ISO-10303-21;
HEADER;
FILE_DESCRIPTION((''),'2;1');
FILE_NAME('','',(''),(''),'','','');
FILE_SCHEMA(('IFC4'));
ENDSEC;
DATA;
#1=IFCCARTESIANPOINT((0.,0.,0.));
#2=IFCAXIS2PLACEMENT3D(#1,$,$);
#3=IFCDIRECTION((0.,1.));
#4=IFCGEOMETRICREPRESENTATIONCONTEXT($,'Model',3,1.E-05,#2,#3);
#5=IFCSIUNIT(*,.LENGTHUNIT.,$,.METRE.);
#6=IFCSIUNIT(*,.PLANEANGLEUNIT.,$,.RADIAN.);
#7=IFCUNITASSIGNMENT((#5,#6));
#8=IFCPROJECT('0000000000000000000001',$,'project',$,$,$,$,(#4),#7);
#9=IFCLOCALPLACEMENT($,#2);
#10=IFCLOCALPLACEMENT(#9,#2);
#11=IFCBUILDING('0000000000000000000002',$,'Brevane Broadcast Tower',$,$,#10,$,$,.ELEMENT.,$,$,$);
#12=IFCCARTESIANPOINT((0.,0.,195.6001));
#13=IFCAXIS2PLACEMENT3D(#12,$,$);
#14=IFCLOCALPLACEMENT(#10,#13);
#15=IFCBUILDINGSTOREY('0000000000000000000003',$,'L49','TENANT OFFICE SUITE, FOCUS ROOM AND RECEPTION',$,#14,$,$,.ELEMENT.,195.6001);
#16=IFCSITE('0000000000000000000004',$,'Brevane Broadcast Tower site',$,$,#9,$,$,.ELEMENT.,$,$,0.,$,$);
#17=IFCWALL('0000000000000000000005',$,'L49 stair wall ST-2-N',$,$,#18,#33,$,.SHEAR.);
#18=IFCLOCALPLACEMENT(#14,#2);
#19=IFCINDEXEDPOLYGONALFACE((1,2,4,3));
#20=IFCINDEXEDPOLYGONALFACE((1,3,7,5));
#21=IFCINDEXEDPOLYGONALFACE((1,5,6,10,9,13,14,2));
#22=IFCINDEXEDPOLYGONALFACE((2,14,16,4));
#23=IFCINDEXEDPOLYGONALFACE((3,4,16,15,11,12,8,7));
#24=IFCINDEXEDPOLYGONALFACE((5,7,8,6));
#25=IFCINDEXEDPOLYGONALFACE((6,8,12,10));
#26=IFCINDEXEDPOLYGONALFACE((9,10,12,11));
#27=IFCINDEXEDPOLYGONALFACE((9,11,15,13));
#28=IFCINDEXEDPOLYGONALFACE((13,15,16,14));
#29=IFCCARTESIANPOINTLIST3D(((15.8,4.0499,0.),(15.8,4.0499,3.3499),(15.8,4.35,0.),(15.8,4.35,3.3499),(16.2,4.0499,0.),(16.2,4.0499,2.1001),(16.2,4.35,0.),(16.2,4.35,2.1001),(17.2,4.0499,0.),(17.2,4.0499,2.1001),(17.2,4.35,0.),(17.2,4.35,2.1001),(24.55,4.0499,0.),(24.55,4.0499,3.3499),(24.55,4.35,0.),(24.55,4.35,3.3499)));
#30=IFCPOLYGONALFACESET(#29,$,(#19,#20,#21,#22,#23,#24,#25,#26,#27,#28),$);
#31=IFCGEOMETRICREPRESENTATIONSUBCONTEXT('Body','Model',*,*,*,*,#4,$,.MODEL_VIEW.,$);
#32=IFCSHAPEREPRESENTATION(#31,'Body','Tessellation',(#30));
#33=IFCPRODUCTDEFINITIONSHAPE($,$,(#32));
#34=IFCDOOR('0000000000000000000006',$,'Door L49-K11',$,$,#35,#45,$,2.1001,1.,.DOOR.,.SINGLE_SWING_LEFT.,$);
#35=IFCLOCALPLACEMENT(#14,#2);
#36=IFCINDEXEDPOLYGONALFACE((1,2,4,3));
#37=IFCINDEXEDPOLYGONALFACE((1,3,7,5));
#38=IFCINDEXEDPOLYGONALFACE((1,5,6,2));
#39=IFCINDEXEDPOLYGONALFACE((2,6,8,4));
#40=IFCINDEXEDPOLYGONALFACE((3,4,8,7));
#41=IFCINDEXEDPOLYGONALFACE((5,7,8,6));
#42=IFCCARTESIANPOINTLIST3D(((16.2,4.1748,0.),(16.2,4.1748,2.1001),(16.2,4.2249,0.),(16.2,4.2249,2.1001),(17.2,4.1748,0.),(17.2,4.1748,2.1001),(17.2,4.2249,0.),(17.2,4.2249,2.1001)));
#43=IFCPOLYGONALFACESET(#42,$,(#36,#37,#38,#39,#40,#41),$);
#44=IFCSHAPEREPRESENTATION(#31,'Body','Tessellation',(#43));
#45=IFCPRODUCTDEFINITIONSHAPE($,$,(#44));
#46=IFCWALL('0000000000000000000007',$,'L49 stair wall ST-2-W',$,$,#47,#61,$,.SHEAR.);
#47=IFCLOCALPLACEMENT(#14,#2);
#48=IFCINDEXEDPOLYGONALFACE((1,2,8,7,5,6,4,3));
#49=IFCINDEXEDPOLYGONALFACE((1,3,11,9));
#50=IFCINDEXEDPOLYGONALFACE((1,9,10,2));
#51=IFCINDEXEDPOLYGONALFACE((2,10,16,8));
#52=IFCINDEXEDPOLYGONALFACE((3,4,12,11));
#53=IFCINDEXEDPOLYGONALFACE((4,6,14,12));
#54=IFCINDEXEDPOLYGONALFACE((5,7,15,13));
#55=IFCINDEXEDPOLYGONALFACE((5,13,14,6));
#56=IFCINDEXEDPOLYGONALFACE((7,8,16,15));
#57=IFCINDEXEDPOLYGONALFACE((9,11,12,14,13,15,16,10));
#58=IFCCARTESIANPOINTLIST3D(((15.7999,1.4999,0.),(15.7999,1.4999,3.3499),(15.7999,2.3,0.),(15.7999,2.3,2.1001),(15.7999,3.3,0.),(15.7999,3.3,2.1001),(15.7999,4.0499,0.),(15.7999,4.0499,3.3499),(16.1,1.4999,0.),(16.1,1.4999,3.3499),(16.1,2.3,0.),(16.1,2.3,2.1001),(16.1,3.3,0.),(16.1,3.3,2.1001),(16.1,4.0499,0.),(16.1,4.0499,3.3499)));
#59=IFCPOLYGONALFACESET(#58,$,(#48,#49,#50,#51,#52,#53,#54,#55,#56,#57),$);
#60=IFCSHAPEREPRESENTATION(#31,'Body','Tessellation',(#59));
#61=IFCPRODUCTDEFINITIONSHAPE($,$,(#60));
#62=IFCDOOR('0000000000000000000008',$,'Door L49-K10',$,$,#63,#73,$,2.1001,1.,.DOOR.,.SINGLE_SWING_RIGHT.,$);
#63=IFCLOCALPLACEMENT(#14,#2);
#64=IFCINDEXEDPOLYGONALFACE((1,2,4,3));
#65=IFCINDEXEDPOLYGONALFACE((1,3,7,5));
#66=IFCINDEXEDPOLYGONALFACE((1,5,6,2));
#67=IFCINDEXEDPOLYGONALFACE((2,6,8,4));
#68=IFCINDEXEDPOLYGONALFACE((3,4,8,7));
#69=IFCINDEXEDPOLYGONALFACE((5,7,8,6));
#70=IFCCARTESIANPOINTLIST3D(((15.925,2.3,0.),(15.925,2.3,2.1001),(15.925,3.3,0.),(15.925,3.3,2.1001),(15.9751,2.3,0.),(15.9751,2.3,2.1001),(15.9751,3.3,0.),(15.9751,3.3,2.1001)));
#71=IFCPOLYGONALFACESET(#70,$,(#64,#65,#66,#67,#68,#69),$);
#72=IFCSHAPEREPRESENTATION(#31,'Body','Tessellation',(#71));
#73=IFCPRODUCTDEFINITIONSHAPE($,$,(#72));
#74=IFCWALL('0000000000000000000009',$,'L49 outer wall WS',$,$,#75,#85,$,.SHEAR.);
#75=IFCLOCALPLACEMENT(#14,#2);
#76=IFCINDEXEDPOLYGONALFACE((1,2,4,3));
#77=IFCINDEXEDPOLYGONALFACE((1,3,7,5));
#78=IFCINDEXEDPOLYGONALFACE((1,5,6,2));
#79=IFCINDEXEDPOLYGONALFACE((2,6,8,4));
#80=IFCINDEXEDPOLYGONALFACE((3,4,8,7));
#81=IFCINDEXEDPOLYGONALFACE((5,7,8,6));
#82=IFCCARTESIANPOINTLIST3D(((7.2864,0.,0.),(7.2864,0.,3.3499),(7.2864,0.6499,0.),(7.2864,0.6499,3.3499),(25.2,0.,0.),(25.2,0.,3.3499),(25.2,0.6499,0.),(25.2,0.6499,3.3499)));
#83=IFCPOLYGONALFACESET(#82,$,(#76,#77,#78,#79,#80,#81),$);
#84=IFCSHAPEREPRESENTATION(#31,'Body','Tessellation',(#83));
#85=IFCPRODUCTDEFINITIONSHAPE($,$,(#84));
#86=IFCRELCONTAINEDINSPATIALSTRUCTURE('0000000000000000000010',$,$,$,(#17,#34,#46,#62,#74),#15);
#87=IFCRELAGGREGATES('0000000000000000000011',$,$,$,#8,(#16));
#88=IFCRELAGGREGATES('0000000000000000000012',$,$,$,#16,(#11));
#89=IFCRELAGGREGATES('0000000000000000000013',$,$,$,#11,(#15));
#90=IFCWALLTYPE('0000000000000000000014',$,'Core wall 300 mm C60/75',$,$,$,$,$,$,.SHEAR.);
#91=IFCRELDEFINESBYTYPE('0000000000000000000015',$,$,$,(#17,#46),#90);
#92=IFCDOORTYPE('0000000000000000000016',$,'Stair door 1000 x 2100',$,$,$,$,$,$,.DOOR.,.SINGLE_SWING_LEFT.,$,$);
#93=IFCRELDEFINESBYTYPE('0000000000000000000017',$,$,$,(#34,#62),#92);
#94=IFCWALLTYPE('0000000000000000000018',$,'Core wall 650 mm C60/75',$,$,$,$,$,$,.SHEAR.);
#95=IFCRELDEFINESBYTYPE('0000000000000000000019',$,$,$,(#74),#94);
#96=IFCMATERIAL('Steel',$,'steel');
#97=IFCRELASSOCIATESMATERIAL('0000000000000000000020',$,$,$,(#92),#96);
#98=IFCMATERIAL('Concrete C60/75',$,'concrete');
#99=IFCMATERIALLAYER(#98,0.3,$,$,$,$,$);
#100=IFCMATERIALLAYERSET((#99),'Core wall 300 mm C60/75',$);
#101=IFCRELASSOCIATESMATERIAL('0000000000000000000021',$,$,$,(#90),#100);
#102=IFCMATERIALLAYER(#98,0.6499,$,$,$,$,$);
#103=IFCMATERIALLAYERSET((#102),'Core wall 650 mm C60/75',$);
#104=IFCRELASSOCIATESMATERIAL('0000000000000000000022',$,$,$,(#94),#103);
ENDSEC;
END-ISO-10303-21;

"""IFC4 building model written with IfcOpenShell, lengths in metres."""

from ifc_helpers import new_model, si_unit, direction, frame, frame_2d, origin, place, context, subcontext, project, spatial, rectangle, extrude, material, layer, layer_set, type_object, element, fill, save


model = new_model("IFC4")

# Units and contexts
model_context = context("Model", 3, precision=1e-05, world=origin(), true_north=direction((0.0, 1.0)))
body_context = subcontext(model_context, "Body", "Model", "MODEL_VIEW")
ifc_project = project(units=[si_unit("LENGTHUNIT", "METRE"), si_unit("PLANEANGLEUNIT", "RADIAN")], contexts=[model_context])

# Site, building, storey
site_placement = place(None, origin())
site = spatial("IfcSite", under=ifc_project, at=site_placement, Name="Brevane Broadcast Tower site", CompositionType="ELEMENT", RefElevation=0.0)
building_placement = place(site_placement, origin())
building = spatial("IfcBuilding", under=site, at=building_placement, Name="Brevane Broadcast Tower", CompositionType="ELEMENT")
storey_placement = place(building_placement, frame((0.0, 0.0, 195.6001)))
storey = spatial("IfcBuildingStorey", under=building, at=storey_placement, Name="L49", Description="TENANT OFFICE SUITE, FOCUS ROOM AND RECEPTION", CompositionType="ELEMENT", Elevation=195.6001)

# Shared definitions
ifc_material_1 = material(Name="Steel", Category="steel")
door_type_1 = type_object("IfcDoorType", Name="Stair door 1000 x 2100", OperationType="SINGLE_SWING_LEFT", PredefinedType="DOOR", material=ifc_material_1)

# Shared definitions
ifc_material_2 = material(Name="Concrete C60/75", Category="concrete")
ifc_layer_1 = layer(ifc_material_2, 0.3)
ifc_layer_set_1 = layer_set([ifc_layer_1], Name="Core wall 300 mm C60/75")
wall_type_1 = type_object("IfcWallType", Name="Core wall 300 mm C60/75", PredefinedType="SHEAR", material=ifc_layer_set_1)

# Walls, openings, doors
wall_1_placement = place(storey_placement, frame((15.8, 4.2, 0.0), z_axis=(0.0, 0.0, 1.0), x_axis=(1.0, 0.0, 0.0)))
wall_1 = element("IfcWall", 1, at=wall_1_placement, inside=storey, type_object=wall_type_1, Name="L49 stair wall ST-2-N", PredefinedType="SHEAR", context=body_context, shape_type="SweptSolid", body=[
    extrude(rectangle(XDim=8.75, YDim=0.3, at=frame_2d((4.375, 0.0))), origin(), (0.0, 0.0, 1.0), 3.3499),
])
opening_1_placement = place(wall_1_placement, frame((0.3999, 0.0, 0.0)))
opening_1 = element("IfcOpeningElement", 2, at=opening_1_placement, cuts=wall_1, PredefinedType="OPENING", context=body_context, shape_type="SweptSolid", body=[
    extrude(rectangle(XDim=1.0, YDim=2.1001, at=frame_2d((0.5, 1.05))), frame((0.0, 0.1599, 0.0), z_axis=(0.0, -1.0, 0.0), x_axis=(1.0, 0.0, 0.0)), (0.0, 0.0, 1.0), 0.3201),
])
door_1_placement = place(opening_1_placement, origin())
door_1 = element("IfcDoor", 3, at=door_1_placement, inside=storey, type_object=door_type_1, Name="Door L49-K11", OperationType="SINGLE_SWING_LEFT", OverallHeight=2.1001, OverallWidth=1.0, PredefinedType="DOOR", context=body_context, shape_type="SweptSolid", body=[
    extrude(rectangle(XDim=1.0, YDim=2.1001, at=frame_2d((0.5, 1.05))), frame((0.0, 0.0249, 0.0), z_axis=(0.0, -1.0, 0.0), x_axis=(1.0, 0.0, 0.0)), (0.0, 0.0, 1.0), 0.05),
])
fill(opening_1, door_1)
wall_2_placement = place(storey_placement, frame((15.95, 1.5, 0.0), z_axis=(0.0, 0.0, 1.0), x_axis=(0.0, 1.0, 0.0)))
wall_2 = element("IfcWall", 4, at=wall_2_placement, inside=storey, type_object=wall_type_1, Name="L49 stair wall ST-2-W", PredefinedType="SHEAR", context=body_context, shape_type="SweptSolid", body=[
    extrude(rectangle(XDim=2.55, YDim=0.3, at=frame_2d((1.2749, 0.0))), origin(), (0.0, 0.0, 1.0), 3.3499),
])
opening_2_placement = place(wall_2_placement, frame((0.8, 0.0, 0.0)))
opening_2 = element("IfcOpeningElement", 5, at=opening_2_placement, cuts=wall_2, PredefinedType="OPENING", context=body_context, shape_type="SweptSolid", body=[
    extrude(rectangle(XDim=1.0, YDim=2.1001, at=frame_2d((0.5, 1.05))), frame((0.0, 0.1599, 0.0), z_axis=(0.0, -1.0, 0.0), x_axis=(1.0, 0.0, 0.0)), (0.0, 0.0, 1.0), 0.3201),
])
door_2_placement = place(opening_2_placement, origin())
door_2 = element("IfcDoor", 6, at=door_2_placement, inside=storey, type_object=door_type_1, Name="Door L49-K10", OperationType="SINGLE_SWING_RIGHT", OverallHeight=2.1001, OverallWidth=1.0, PredefinedType="DOOR", context=body_context, shape_type="SweptSolid", body=[
    extrude(rectangle(XDim=1.0, YDim=2.1001, at=frame_2d((0.5, 1.05))), frame((0.0, 0.0249, 0.0), z_axis=(0.0, -1.0, 0.0), x_axis=(1.0, 0.0, 0.0)), (0.0, 0.0, 1.0), 0.05),
])
fill(opening_2, door_2)

# Wall
ifc_layer_2 = layer(ifc_material_2, 0.6499)
ifc_layer_set_2 = layer_set([ifc_layer_2], Name="Core wall 650 mm C60/75")
wall_type_2 = type_object("IfcWallType", Name="Core wall 650 mm C60/75", PredefinedType="SHEAR", material=ifc_layer_set_2)
wall_3_placement = place(storey_placement, frame((7.2864, 0.325, 0.0), z_axis=(0.0, 0.0, 1.0), x_axis=(1.0, 0.0, 0.0)))
element("IfcWall", 7, at=wall_3_placement, inside=storey, type_object=wall_type_2, Name="L49 outer wall WS", PredefinedType="SHEAR", context=body_context, shape_type="SweptSolid", body=[
    extrude(rectangle(XDim=17.9136, YDim=0.6499, at=frame_2d((8.9568, 0.0))), origin(), (0.0, 0.0, 1.0), 3.3499),
])

save(model, "model.ifc")
